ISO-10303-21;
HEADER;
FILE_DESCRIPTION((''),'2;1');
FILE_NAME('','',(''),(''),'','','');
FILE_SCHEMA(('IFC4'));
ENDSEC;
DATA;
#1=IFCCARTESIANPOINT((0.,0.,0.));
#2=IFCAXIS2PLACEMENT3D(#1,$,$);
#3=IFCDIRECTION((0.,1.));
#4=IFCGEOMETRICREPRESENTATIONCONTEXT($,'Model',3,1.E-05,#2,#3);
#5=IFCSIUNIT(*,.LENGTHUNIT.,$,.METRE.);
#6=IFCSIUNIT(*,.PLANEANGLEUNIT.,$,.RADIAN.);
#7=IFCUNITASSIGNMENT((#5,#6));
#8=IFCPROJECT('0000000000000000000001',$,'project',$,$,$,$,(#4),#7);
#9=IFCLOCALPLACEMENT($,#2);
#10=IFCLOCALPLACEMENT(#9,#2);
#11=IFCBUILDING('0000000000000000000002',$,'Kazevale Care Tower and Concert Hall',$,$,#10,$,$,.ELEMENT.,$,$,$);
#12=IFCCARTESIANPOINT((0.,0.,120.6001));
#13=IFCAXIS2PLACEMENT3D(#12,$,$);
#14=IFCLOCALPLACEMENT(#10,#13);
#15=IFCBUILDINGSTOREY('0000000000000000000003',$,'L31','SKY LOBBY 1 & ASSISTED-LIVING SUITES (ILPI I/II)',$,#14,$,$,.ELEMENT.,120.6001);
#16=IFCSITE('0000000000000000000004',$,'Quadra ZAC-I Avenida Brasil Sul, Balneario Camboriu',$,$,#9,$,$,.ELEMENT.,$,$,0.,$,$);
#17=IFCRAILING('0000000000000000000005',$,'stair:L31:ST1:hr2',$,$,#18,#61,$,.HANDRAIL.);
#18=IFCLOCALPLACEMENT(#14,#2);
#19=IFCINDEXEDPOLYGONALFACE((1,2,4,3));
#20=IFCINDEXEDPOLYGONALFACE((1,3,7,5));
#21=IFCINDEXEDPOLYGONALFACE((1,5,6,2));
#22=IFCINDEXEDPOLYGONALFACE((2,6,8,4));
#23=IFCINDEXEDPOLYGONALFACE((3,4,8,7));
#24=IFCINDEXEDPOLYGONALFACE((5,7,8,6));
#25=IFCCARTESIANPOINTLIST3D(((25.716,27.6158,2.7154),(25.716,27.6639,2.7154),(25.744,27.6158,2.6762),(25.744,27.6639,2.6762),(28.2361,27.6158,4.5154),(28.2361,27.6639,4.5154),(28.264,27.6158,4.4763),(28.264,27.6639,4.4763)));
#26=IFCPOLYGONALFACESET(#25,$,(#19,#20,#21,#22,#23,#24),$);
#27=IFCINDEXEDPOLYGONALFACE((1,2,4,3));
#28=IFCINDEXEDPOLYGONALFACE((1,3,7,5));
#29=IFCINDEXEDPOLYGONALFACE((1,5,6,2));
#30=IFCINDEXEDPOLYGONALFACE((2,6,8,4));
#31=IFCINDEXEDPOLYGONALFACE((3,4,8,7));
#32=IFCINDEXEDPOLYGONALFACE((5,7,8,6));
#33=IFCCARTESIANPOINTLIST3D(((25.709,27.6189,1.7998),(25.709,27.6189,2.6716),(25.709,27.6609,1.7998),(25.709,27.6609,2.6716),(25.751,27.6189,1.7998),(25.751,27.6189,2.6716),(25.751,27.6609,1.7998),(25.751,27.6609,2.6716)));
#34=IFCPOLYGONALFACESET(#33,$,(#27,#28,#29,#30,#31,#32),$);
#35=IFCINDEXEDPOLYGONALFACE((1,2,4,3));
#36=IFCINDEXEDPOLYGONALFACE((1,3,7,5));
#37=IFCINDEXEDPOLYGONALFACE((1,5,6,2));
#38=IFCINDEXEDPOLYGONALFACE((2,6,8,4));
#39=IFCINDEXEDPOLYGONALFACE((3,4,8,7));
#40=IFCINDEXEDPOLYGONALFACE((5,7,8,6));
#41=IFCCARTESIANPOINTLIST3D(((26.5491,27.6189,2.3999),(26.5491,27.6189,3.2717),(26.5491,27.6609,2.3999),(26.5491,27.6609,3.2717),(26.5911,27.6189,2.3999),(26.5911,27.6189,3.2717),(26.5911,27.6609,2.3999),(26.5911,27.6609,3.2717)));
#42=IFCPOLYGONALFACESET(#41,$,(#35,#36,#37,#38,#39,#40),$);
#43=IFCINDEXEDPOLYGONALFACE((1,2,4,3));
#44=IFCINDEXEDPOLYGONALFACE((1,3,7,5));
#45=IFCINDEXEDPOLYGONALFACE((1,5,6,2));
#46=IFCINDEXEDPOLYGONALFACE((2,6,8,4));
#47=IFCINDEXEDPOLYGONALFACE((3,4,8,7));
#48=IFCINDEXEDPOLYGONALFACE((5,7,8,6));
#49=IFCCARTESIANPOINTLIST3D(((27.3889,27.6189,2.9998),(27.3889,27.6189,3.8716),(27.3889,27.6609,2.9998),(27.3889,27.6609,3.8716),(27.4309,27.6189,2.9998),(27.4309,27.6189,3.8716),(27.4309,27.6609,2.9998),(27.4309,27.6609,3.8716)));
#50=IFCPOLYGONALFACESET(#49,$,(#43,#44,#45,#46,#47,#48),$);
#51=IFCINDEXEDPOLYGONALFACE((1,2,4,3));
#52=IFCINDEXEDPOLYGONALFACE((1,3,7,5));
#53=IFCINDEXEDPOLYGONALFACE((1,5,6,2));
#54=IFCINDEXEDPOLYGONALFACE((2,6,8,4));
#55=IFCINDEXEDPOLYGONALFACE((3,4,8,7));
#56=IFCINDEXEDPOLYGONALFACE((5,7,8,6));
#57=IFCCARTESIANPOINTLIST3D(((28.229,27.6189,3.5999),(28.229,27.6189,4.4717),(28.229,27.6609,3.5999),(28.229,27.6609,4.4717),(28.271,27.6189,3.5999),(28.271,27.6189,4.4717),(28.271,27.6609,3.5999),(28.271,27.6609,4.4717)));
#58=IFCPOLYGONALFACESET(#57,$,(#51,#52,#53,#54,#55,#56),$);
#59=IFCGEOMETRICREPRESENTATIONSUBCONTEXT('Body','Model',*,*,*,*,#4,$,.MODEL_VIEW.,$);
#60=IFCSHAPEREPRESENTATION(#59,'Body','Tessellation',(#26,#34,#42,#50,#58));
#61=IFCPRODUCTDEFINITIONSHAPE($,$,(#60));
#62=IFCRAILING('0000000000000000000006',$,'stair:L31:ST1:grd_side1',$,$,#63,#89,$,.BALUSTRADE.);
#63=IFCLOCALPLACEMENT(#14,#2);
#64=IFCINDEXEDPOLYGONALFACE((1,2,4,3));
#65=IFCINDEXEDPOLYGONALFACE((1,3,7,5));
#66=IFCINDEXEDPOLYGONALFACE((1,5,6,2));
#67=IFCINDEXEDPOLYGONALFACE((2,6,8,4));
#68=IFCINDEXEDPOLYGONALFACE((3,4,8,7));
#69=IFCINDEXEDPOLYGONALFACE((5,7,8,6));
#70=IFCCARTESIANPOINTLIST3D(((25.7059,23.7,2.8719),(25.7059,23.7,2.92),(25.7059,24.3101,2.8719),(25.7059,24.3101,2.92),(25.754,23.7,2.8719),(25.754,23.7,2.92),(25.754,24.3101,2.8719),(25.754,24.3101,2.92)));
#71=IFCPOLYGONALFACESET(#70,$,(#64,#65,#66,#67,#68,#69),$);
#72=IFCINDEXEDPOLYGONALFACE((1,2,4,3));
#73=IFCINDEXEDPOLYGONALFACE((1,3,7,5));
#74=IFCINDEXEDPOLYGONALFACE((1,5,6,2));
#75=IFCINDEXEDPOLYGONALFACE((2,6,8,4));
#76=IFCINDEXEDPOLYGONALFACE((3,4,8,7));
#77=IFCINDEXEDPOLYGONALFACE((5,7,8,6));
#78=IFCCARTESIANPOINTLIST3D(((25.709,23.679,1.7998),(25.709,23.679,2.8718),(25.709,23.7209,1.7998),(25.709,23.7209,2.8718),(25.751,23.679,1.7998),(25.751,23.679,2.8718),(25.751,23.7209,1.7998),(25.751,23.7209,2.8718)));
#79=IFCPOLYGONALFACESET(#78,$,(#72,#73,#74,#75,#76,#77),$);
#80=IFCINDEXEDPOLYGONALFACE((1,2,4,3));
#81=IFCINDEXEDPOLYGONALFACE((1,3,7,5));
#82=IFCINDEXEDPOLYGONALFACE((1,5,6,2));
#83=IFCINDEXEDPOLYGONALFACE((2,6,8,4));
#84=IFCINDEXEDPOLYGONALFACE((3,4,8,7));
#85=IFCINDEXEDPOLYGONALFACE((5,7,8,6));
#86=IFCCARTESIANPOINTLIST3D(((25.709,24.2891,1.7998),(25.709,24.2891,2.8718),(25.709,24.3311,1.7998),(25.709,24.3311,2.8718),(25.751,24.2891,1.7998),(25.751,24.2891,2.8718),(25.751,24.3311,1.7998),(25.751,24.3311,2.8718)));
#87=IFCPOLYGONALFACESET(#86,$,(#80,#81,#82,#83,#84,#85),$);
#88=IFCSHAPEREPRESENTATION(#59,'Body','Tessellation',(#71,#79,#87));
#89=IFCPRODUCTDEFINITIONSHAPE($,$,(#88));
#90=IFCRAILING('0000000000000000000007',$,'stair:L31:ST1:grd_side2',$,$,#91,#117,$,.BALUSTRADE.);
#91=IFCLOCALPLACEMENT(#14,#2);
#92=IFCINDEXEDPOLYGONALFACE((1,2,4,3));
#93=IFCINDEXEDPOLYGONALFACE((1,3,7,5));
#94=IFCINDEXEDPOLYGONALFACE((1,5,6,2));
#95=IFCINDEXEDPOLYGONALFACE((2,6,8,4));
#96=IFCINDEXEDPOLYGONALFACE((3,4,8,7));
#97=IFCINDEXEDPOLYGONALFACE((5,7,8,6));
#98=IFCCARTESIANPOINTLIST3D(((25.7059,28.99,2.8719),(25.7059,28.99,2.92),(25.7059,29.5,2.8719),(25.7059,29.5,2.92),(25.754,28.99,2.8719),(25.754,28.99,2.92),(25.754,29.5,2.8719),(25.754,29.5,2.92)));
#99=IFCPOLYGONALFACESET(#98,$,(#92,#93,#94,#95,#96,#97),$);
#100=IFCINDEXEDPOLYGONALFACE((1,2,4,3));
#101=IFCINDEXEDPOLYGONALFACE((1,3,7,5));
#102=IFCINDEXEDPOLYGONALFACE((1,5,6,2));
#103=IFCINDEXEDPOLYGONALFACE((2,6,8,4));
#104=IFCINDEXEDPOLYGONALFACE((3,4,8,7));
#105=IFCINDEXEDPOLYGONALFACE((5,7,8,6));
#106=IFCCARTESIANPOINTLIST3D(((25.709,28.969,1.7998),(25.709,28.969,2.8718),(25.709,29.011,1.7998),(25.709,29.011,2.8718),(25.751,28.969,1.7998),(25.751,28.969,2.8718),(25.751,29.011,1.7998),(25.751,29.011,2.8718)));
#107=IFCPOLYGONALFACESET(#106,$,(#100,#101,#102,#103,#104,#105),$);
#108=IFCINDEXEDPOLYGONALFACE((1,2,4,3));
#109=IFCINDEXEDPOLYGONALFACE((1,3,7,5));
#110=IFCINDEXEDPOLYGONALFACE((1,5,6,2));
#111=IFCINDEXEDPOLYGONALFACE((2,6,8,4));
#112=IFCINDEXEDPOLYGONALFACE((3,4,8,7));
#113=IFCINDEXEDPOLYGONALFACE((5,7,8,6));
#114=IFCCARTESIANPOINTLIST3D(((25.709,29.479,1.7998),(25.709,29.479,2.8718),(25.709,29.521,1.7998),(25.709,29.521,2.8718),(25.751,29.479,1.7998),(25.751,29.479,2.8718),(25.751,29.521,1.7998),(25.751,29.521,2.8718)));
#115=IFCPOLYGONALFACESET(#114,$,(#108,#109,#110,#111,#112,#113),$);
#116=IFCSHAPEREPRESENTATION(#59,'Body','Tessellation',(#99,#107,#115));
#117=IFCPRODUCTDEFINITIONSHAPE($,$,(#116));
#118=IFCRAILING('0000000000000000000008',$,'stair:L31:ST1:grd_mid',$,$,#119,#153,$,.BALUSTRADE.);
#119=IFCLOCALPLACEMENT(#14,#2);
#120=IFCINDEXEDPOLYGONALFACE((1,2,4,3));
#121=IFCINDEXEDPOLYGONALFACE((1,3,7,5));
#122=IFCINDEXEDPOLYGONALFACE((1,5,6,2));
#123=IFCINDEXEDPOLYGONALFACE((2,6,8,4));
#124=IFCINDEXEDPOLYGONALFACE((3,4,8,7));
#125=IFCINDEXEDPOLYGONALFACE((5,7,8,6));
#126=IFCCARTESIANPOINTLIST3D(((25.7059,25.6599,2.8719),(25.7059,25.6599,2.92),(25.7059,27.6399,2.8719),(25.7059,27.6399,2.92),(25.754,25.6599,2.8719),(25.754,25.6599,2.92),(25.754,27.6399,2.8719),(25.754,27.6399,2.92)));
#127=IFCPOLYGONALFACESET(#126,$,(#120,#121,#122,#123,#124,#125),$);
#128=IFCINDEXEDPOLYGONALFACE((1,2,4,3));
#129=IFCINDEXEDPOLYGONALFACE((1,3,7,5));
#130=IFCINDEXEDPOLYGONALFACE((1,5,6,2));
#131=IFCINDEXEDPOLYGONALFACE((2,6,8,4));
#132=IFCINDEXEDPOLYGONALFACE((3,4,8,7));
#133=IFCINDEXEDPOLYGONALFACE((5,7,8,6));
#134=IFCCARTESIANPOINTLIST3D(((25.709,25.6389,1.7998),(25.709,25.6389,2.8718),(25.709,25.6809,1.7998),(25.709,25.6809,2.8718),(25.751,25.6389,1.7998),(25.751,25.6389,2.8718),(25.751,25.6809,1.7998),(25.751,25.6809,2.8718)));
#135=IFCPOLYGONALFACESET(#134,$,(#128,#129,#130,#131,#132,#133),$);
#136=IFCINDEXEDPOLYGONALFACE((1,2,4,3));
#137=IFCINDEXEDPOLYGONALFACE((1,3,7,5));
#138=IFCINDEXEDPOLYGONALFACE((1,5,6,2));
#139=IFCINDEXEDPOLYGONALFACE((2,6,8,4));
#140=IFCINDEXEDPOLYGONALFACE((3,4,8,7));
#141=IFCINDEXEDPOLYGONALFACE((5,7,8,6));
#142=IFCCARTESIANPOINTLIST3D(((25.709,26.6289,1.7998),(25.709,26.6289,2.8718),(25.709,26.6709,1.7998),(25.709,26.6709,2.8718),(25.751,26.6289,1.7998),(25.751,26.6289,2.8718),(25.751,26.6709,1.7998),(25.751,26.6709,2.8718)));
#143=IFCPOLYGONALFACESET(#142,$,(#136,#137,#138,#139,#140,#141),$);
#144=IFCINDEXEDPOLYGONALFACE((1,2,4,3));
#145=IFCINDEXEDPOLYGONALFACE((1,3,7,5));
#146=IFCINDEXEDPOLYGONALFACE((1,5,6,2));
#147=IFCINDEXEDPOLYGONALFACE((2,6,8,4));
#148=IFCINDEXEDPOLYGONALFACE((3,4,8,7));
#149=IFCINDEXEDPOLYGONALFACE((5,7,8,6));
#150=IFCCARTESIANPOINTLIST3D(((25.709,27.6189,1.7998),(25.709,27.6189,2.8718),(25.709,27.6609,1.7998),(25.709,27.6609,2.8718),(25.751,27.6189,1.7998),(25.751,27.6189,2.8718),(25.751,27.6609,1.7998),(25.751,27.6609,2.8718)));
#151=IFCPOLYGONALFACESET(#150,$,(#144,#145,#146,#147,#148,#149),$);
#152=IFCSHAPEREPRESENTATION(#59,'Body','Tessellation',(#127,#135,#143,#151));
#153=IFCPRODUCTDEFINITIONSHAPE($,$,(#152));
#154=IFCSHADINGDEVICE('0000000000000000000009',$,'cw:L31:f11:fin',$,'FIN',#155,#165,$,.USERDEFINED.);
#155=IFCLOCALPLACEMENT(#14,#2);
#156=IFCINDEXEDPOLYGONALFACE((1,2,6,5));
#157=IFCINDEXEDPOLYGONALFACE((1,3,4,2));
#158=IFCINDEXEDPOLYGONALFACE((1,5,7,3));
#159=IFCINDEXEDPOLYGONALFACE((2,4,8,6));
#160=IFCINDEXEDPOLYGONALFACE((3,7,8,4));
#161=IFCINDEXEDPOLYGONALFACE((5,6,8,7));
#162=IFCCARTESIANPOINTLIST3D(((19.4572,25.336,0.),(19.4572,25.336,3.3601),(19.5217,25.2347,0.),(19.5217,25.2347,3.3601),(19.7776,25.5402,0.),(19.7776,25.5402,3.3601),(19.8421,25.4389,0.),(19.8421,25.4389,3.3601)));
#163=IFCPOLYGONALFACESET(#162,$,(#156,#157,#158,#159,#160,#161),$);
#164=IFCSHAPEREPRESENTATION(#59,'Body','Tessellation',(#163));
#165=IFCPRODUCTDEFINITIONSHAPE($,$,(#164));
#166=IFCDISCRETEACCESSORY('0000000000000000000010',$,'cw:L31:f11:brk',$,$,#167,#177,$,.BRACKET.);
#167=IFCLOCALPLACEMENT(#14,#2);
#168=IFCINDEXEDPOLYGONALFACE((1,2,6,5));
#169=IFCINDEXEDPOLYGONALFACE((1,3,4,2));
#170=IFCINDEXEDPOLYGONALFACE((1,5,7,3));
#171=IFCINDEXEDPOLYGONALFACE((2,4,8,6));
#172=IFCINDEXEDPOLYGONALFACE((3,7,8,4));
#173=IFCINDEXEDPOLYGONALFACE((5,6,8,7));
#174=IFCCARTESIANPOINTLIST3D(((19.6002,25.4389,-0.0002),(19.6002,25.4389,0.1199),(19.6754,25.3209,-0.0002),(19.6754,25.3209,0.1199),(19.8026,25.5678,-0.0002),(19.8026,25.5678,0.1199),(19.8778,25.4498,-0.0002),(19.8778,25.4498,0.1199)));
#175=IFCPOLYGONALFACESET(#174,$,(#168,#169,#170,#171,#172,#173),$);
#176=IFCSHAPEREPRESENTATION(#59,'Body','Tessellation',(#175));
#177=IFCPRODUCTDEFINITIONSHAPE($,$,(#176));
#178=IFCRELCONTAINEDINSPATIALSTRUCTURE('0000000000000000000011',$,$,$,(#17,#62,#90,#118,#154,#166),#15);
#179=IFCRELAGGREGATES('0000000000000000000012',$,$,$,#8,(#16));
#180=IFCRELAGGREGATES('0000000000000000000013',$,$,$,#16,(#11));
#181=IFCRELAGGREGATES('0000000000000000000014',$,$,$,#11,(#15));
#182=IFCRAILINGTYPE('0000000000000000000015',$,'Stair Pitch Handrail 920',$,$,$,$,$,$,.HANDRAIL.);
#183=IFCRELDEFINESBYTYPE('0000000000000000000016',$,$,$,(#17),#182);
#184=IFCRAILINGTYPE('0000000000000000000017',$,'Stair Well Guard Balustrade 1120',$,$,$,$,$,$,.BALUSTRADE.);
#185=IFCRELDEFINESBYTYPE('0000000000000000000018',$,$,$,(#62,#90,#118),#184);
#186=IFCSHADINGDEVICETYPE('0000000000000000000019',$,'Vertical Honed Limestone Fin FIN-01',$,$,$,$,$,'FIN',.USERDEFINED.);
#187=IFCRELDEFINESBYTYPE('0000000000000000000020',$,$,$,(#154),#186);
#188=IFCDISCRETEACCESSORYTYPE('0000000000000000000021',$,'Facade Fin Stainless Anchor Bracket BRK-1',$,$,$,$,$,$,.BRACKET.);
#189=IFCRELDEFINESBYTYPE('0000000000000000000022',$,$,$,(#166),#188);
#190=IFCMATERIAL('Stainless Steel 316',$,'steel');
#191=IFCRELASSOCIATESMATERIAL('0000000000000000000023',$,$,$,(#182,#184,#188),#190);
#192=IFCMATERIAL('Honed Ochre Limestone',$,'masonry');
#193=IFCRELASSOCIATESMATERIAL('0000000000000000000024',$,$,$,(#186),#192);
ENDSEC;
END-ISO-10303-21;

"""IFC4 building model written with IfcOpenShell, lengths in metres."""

from ifc_helpers import new_model, si_unit, direction, frame, origin, origin_2d, place, context, subcontext, project, spatial, rectangle, extrude, material, type_object, element, save


model = new_model("IFC4")

# Units and contexts
model_context = context("Model", 3, precision=1e-05, world=origin(), true_north=direction((0.0, 1.0)))
body_context = subcontext(model_context, "Body", "Model", "MODEL_VIEW")
ifc_project = project(units=[si_unit("LENGTHUNIT", "METRE"), si_unit("PLANEANGLEUNIT", "RADIAN")], contexts=[model_context])

# Site, building, storey
site_placement = place(None, origin())
site = spatial("IfcSite", under=ifc_project, at=site_placement, Name="Quadra ZAC-I Avenida Brasil Sul, Balneario Camboriu", CompositionType="ELEMENT", RefElevation=0.0)
building_placement = place(site_placement, origin())
building = spatial("IfcBuilding", under=site, at=building_placement, Name="Kazevale Care Tower and Concert Hall", CompositionType="ELEMENT")
storey_placement = place(building_placement, frame((0.0, 0.0, 120.6001)))
storey = spatial("IfcBuildingStorey", under=building, at=storey_placement, Name="L31", Description="SKY LOBBY 1 & ASSISTED-LIVING SUITES (ILPI I/II)", CompositionType="ELEMENT", Elevation=120.6001)

# Railings
ifc_material_1 = material(Name="Stainless Steel 316", Category="steel")
railing_type_1 = type_object("IfcRailingType", Name="Stair Pitch Handrail 920", PredefinedType="HANDRAIL", material=ifc_material_1)
railing_1_placement = place(storey_placement, frame((25.73, 27.6399, 1.7998)))
element("IfcRailing", 1, at=railing_1_placement, inside=storey, type_object=railing_type_1, Name="stair:L31:ST1:hr2", PredefinedType="HANDRAIL", context=body_context, shape_type="SweptSolid", body=[
    extrude(rectangle(XDim=0.0481, YDim=0.0481, at=origin_2d()), frame((0.0, 0.0, 0.896), z_axis=(0.813728, 0.0, 0.581246), x_axis=(0.0, 1.0, 0.0)), (0.0, 0.0, 1.0), 3.0969),
    extrude(rectangle(XDim=0.042, YDim=0.042, at=origin_2d()), origin(), (0.0, 0.0, 1.0), 0.8718),
    extrude(rectangle(XDim=0.042, YDim=0.042, at=origin_2d()), frame((0.8401, 0.0, 0.6001)), (0.0, 0.0, 1.0), 0.8718),
    extrude(rectangle(XDim=0.042, YDim=0.042, at=origin_2d()), frame((1.6799, 0.0, 1.2)), (0.0, 0.0, 1.0), 0.8718),
    extrude(rectangle(XDim=0.042, YDim=0.042, at=origin_2d()), frame((2.52, 0.0, 1.8)), (0.0, 0.0, 1.0), 0.8718),
])
railing_type_2 = type_object("IfcRailingType", Name="Stair Well Guard Balustrade 1120", PredefinedType="BALUSTRADE", material=ifc_material_1)
railing_2_placement = place(storey_placement, frame((25.73, 23.7, 1.7998)))
element("IfcRailing", 2, at=railing_2_placement, inside=storey, type_object=railing_type_2, Name="stair:L31:ST1:grd_side1", PredefinedType="BALUSTRADE", context=body_context, shape_type="SweptSolid", body=[
    extrude(rectangle(XDim=0.0481, YDim=0.0481, at=origin_2d()), frame((0.0, 0.0, 1.0962), z_axis=(0.0, 1.0, 0.0), x_axis=(-1.0, 0.0, 0.0)), (0.0, 0.0, 1.0), 0.6101),
    extrude(rectangle(XDim=0.042, YDim=0.042, at=origin_2d()), origin(), (0.0, 0.0, 1.0), 1.072),
    extrude(rectangle(XDim=0.042, YDim=0.042, at=origin_2d()), frame((0.0, 0.6101, 0.0)), (0.0, 0.0, 1.0), 1.072),
])
railing_3_placement = place(storey_placement, frame((25.73, 28.99, 1.7998)))
element("IfcRailing", 3, at=railing_3_placement, inside=storey, type_object=railing_type_2, Name="stair:L31:ST1:grd_side2", PredefinedType="BALUSTRADE", context=body_context, shape_type="SweptSolid", body=[
    extrude(rectangle(XDim=0.0481, YDim=0.0481, at=origin_2d()), frame((0.0, 0.0, 1.0962), z_axis=(0.0, 1.0, 0.0), x_axis=(-1.0, 0.0, 0.0)), (0.0, 0.0, 1.0), 0.51),
    extrude(rectangle(XDim=0.042, YDim=0.042, at=origin_2d()), origin(), (0.0, 0.0, 1.0), 1.072),
    extrude(rectangle(XDim=0.042, YDim=0.042, at=origin_2d()), frame((0.0, 0.51, 0.0)), (0.0, 0.0, 1.0), 1.072),
])
railing_4_placement = place(storey_placement, frame((25.73, 25.6599, 1.7998)))
element("IfcRailing", 4, at=railing_4_placement, inside=storey, type_object=railing_type_2, Name="stair:L31:ST1:grd_mid", PredefinedType="BALUSTRADE", context=body_context, shape_type="SweptSolid", body=[
    extrude(rectangle(XDim=0.0481, YDim=0.0481, at=origin_2d()), frame((0.0, 0.0, 1.0962), z_axis=(0.0, 1.0, 0.0), x_axis=(-1.0, 0.0, 0.0)), (0.0, 0.0, 1.0), 1.98),
    extrude(rectangle(XDim=0.042, YDim=0.042, at=origin_2d()), origin(), (0.0, 0.0, 1.0), 1.072),
    extrude(rectangle(XDim=0.042, YDim=0.042, at=origin_2d()), frame((0.0, 0.99, 0.0)), (0.0, 0.0, 1.0), 1.072),
    extrude(rectangle(XDim=0.042, YDim=0.042, at=origin_2d()), frame((0.0, 1.98, 0.0)), (0.0, 0.0, 1.0), 1.072),
])

# Shading device
ifc_material_2 = material(Name="Honed Ochre Limestone", Category="masonry")
shading_device_type = type_object("IfcShadingDeviceType", Name="Vertical Honed Limestone Fin FIN-01", ElementType="FIN", PredefinedType="USERDEFINED", material=ifc_material_2)
shading_device_placement = place(storey_placement, frame((19.6497, 25.3875, 0.0), z_axis=(0.0, 0.0, 1.0), x_axis=(-0.843391, -0.5373, 0.0)))
element("IfcShadingDevice", 5, at=shading_device_placement, inside=storey, type_object=shading_device_type, Name="cw:L31:f11:fin", ObjectType="FIN", PredefinedType="USERDEFINED", context=body_context, shape_type="SweptSolid", body=[
    extrude(rectangle(XDim=0.3799, YDim=0.1201, at=origin_2d()), origin(), (0.0, 0.0, 1.0), 3.3601),
])

# Discrete accessory
discrete_accessory_type = type_object("IfcDiscreteAccessoryType", Name="Facade Fin Stainless Anchor Bracket BRK-1", PredefinedType="BRACKET", material=ifc_material_1)
discrete_accessory_placement = place(storey_placement, frame((19.739, 25.4443, -0.0002), z_axis=(0.0, 0.0, 1.0), x_axis=(-0.843391, -0.5373, 0.0)))
element("IfcDiscreteAccessory", 6, at=discrete_accessory_placement, inside=storey, type_object=discrete_accessory_type, Name="cw:L31:f11:brk", PredefinedType="BRACKET", context=body_context, shape_type="SweptSolid", body=[
    extrude(rectangle(XDim=0.24, YDim=0.1399, at=origin_2d()), origin(), (0.0, 0.0, 1.0), 0.1201),
])

save(model, "model.ifc")
